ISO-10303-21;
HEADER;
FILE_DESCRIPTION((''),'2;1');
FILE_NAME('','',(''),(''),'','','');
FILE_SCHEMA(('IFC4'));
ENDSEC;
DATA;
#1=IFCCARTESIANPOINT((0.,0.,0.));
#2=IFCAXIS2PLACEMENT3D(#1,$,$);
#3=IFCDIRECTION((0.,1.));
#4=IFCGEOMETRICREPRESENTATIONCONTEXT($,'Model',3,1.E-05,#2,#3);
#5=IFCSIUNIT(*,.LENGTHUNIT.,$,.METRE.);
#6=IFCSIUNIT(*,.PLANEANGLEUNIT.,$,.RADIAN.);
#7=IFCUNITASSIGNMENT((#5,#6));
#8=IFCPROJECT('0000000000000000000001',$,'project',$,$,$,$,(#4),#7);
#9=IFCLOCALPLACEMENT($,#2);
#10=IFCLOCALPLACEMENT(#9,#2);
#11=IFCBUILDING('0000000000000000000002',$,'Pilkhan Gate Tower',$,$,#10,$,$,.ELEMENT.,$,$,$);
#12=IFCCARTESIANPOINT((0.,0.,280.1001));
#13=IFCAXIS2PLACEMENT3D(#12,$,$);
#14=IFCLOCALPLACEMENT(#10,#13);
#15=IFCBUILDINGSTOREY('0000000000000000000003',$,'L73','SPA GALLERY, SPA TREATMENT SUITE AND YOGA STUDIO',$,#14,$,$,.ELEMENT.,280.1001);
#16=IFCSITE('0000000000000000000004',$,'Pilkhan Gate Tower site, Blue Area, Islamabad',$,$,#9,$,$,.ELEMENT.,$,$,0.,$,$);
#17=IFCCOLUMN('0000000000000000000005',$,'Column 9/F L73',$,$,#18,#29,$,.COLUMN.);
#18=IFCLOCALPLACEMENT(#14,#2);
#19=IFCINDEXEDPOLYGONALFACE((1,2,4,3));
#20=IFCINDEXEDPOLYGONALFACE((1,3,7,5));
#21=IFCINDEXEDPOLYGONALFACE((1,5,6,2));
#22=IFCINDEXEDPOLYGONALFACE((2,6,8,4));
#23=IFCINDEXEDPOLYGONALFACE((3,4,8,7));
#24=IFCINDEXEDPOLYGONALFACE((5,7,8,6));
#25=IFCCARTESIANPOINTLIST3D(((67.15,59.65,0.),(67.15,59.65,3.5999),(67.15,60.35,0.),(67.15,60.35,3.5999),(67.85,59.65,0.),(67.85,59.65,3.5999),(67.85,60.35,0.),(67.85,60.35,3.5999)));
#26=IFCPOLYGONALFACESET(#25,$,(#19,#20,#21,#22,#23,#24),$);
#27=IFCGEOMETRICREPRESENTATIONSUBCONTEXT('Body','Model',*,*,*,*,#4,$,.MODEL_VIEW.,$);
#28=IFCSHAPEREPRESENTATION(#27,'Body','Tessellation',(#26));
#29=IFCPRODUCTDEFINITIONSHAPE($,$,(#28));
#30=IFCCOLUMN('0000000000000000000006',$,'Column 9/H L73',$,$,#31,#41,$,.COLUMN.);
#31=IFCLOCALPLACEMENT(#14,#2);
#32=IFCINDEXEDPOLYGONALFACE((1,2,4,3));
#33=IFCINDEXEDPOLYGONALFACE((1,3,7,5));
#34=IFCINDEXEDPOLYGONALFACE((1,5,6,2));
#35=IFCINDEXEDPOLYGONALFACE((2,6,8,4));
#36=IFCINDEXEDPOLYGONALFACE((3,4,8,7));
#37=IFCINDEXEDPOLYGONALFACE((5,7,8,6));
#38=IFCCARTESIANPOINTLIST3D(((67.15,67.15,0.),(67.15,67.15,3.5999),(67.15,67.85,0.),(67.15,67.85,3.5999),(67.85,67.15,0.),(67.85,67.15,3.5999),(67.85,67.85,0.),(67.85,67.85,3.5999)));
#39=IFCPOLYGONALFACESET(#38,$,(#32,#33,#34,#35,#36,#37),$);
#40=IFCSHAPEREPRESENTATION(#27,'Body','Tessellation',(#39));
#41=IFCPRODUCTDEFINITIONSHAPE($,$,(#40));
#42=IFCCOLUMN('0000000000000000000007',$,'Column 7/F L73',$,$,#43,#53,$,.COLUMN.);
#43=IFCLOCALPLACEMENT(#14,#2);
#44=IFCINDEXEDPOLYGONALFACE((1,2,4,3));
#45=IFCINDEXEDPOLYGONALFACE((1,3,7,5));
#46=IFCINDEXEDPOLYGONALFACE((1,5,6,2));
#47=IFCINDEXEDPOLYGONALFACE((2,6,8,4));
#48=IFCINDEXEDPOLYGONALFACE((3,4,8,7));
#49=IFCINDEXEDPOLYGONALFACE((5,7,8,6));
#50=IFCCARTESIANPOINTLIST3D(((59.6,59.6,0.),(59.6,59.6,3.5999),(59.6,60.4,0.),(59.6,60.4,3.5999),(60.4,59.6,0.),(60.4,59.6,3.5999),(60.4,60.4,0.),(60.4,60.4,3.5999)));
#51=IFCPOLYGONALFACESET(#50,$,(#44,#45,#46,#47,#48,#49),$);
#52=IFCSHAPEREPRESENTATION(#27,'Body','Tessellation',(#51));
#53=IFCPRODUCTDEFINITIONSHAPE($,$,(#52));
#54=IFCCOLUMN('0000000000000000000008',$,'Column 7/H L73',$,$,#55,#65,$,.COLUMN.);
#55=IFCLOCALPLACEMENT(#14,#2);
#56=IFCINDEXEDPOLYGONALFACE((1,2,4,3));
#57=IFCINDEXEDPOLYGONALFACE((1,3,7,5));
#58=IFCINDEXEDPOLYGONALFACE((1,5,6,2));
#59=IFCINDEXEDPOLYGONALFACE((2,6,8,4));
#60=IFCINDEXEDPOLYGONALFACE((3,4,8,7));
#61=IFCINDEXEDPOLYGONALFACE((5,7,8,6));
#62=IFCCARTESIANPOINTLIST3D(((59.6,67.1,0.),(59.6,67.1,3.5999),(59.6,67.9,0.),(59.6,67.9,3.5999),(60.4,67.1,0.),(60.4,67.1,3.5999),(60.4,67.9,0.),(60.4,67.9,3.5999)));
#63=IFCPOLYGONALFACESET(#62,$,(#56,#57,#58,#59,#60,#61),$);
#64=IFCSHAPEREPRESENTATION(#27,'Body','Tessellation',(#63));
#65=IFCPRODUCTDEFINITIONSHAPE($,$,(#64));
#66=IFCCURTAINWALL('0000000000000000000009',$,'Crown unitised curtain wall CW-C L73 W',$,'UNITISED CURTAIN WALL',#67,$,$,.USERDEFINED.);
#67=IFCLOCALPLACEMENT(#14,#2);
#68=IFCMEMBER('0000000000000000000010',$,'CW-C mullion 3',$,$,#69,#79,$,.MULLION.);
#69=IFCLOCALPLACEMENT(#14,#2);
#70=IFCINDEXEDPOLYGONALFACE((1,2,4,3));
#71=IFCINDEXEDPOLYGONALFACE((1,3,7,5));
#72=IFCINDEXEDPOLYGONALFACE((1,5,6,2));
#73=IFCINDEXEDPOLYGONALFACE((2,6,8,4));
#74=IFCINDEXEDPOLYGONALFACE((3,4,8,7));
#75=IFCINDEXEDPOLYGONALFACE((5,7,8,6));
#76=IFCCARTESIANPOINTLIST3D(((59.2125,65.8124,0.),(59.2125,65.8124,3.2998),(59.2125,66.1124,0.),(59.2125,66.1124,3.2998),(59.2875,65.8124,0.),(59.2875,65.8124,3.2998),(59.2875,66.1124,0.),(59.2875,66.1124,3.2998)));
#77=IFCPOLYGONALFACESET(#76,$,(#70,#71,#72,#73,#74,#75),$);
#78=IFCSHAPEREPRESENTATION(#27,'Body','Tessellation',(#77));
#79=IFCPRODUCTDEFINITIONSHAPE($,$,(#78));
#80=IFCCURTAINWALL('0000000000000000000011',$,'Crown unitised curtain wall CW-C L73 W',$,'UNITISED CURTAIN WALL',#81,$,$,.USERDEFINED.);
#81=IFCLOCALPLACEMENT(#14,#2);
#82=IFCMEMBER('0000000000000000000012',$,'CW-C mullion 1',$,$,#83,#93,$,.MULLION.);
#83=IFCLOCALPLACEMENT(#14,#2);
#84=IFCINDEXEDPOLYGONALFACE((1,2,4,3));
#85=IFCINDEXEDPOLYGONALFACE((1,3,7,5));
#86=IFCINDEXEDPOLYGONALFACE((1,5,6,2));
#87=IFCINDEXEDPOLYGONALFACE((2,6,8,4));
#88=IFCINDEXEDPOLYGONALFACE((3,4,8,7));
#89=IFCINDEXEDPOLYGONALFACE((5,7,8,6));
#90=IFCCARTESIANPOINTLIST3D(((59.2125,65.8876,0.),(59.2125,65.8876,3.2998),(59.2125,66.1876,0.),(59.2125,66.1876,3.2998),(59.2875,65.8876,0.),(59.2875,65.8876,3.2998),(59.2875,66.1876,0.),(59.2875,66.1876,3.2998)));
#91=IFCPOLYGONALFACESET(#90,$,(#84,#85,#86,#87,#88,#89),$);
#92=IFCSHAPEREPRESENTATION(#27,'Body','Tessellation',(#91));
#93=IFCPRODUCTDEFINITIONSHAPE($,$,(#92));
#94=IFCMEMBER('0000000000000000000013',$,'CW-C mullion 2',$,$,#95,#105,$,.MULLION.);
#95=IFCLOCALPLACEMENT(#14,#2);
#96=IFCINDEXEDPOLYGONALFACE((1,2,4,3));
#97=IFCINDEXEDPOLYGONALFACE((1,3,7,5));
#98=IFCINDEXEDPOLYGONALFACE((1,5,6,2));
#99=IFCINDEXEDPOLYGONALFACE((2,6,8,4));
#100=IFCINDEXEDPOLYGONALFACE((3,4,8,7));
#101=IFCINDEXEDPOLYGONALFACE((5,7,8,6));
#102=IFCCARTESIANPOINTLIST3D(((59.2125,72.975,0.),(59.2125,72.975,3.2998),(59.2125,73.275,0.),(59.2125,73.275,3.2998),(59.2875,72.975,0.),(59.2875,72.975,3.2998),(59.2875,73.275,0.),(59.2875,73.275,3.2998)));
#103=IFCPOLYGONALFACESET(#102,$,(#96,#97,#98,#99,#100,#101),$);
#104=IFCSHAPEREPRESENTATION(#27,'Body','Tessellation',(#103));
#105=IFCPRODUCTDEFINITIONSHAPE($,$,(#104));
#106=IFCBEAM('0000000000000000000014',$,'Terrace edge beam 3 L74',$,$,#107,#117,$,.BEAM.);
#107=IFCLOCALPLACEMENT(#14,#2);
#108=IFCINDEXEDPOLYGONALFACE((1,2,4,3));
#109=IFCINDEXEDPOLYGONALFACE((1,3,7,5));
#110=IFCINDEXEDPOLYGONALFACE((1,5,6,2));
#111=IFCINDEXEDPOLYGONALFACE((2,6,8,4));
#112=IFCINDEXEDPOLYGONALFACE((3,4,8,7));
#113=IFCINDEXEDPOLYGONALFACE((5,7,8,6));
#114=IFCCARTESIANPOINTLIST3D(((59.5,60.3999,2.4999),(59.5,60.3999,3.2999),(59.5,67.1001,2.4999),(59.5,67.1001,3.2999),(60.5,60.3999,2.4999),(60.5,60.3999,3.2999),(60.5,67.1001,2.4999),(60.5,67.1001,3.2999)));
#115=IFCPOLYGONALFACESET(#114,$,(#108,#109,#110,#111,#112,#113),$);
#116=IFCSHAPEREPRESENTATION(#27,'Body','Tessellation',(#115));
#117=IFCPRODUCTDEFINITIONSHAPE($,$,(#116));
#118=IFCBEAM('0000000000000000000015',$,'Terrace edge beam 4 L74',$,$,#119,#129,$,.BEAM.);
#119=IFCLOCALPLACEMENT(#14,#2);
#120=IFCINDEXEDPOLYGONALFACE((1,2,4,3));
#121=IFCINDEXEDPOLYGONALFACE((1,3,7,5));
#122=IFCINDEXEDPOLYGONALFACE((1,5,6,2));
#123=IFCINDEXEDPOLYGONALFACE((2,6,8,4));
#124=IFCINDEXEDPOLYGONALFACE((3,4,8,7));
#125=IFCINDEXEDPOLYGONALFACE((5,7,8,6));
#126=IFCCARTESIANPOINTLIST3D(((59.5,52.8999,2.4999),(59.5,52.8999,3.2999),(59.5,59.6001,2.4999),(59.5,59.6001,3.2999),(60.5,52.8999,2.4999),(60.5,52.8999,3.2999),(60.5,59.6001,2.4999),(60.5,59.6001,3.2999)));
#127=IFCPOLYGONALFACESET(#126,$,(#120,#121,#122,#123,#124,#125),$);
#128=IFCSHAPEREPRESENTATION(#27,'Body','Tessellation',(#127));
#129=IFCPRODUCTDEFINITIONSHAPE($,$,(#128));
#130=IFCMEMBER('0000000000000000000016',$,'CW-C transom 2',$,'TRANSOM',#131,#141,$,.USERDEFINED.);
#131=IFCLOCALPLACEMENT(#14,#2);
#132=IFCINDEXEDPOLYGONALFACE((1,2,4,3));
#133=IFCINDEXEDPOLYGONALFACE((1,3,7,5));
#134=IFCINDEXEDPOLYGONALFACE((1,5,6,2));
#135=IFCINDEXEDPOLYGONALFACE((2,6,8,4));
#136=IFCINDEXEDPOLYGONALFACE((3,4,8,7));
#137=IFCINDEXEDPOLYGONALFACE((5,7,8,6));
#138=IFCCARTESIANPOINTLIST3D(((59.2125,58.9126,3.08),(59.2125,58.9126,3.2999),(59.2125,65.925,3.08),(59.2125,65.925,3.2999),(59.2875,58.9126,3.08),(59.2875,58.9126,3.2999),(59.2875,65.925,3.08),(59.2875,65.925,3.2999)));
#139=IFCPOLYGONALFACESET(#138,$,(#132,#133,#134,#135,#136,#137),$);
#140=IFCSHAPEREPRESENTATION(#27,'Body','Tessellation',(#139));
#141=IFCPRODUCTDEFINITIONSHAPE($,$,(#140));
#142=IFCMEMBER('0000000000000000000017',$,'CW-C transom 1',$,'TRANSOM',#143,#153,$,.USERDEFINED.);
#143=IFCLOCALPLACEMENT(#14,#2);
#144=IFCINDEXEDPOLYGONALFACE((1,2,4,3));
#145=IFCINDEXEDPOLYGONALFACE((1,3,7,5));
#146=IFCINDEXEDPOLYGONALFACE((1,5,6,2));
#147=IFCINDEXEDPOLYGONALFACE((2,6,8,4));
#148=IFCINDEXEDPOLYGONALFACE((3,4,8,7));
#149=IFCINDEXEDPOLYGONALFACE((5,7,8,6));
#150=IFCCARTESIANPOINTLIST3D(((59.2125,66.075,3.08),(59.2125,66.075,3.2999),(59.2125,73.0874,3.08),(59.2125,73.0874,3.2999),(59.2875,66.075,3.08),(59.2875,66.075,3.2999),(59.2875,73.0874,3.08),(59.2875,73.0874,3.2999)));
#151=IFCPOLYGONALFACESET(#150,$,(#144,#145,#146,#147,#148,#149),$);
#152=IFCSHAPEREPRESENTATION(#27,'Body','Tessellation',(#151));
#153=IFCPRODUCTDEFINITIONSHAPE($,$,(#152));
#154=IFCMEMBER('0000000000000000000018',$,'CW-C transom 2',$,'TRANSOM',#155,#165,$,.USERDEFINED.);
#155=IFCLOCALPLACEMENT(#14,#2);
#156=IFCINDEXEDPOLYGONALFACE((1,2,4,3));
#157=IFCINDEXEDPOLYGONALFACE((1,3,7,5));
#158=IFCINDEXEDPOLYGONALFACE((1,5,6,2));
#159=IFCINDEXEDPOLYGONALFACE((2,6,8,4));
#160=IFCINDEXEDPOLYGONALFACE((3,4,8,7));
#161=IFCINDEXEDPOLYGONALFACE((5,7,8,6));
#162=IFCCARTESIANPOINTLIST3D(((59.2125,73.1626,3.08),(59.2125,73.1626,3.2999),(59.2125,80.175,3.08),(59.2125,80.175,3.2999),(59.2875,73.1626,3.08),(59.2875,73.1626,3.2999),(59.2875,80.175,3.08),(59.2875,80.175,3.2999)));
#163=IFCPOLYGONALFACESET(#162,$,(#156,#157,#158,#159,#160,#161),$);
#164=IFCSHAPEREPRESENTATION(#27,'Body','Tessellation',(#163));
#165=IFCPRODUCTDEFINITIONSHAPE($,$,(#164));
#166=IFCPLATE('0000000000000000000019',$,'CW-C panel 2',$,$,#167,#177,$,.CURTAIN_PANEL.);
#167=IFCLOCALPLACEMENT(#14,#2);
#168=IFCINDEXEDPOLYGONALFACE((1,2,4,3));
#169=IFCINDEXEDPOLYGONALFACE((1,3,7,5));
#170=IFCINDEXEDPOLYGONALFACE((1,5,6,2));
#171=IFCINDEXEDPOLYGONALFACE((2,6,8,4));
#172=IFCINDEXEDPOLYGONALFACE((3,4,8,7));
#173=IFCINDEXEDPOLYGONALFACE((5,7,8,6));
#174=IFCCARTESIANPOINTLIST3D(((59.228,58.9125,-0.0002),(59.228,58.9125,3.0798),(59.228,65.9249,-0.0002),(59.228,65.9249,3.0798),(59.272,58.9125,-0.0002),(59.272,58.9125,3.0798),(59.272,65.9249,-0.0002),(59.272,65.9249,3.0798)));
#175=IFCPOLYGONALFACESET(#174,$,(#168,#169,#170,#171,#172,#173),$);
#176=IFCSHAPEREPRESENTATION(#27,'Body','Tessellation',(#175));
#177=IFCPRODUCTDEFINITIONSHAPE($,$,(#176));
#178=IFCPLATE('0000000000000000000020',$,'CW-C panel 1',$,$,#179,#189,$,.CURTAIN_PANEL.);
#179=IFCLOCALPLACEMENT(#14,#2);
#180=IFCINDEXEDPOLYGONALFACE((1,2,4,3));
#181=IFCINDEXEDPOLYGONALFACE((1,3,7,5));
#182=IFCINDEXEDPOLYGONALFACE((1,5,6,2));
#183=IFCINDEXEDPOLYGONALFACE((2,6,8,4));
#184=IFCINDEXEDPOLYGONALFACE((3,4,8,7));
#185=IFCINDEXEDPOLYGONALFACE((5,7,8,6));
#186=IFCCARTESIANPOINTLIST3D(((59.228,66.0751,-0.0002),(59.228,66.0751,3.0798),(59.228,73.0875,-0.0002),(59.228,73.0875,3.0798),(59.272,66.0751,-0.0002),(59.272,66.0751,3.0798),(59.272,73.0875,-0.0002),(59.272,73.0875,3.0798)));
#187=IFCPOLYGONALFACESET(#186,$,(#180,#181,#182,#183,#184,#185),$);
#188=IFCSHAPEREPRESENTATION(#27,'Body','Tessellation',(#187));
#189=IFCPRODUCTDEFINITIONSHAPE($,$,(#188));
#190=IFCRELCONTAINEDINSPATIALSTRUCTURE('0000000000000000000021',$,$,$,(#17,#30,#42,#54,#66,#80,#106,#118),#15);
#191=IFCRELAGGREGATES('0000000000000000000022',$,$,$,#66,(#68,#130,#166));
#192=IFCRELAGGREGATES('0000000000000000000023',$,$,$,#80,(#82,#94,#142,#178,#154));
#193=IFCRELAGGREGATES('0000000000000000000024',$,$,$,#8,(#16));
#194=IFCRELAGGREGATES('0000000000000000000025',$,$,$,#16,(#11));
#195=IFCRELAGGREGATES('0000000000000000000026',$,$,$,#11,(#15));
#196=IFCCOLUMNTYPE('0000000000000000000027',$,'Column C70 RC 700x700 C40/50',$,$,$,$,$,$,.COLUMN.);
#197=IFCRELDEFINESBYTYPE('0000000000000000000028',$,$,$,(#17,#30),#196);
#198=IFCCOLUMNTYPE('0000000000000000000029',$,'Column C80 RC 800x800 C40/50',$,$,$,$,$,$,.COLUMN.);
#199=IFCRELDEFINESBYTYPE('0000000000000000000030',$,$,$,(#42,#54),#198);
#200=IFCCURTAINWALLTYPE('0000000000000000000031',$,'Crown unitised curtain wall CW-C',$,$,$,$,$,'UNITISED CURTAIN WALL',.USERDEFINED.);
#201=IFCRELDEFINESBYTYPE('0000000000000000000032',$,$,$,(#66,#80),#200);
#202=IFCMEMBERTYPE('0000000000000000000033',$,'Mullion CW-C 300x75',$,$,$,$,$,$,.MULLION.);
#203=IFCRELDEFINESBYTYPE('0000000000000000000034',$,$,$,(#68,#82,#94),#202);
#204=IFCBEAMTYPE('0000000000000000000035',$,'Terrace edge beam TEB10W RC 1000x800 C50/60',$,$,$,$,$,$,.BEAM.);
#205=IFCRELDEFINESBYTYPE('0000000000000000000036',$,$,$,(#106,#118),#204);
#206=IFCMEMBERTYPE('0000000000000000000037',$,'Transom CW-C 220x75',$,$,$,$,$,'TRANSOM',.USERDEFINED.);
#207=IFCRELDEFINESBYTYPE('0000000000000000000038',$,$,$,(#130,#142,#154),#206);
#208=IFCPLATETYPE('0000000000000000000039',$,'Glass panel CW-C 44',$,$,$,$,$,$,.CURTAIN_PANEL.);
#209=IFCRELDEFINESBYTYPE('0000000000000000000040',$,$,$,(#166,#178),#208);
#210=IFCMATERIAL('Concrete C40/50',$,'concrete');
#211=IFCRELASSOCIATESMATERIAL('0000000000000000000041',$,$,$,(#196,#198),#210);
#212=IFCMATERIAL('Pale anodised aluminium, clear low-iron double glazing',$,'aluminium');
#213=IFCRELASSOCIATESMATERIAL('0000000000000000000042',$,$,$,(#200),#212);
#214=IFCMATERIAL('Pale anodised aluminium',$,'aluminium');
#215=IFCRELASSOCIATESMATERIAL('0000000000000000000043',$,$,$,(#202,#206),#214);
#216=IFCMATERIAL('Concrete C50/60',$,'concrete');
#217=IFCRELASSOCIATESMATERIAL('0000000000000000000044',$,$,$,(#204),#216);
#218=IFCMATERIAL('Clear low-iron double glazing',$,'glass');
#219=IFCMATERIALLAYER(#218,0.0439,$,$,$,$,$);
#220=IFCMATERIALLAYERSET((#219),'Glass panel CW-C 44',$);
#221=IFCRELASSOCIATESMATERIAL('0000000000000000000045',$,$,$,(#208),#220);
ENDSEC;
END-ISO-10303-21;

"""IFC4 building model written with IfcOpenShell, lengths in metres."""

from ifc_helpers import new_model, si_unit, direction, frame, origin, origin_2d, place, context, subcontext, project, spatial, rectangle, extrude, material, layer, layer_set, material_profile, profile_set, type_object, element, aggregate, save


model = new_model("IFC4")

# Units and contexts
model_context = context("Model", 3, precision=1e-05, world=origin(), true_north=direction((0.0, 1.0)))
body_context = subcontext(model_context, "Body", "Model", "MODEL_VIEW")
ifc_project = project(units=[si_unit("LENGTHUNIT", "METRE"), si_unit("PLANEANGLEUNIT", "RADIAN")], contexts=[model_context])

# Site, building, storey
site_placement = place(None, origin())
site = spatial("IfcSite", under=ifc_project, at=site_placement, Name="Pilkhan Gate Tower site, Blue Area, Islamabad", CompositionType="ELEMENT", RefElevation=0.0)
building_placement = place(site_placement, origin())
building = spatial("IfcBuilding", under=site, at=building_placement, Name="Pilkhan Gate Tower", CompositionType="ELEMENT")
storey_placement = place(building_placement, frame((0.0, 0.0, 280.1001)))
storey = spatial("IfcBuildingStorey", under=building, at=storey_placement, Name="L73", Description="SPA GALLERY, SPA TREATMENT SUITE AND YOGA STUDIO", CompositionType="ELEMENT", Elevation=280.1001)

# Columns
ifc_material_1 = material(Name="Concrete C40/50", Category="concrete")
ifc_material_profile_1 = material_profile(ifc_material_1, rectangle(XDim=0.7, YDim=0.7, at=origin_2d()), Name="RC 700x700")
ifc_profile_set_1 = profile_set([ifc_material_profile_1], Name="Concrete C40/50")
column_type_1 = type_object("IfcColumnType", Name="Column C70 RC 700x700 C40/50", PredefinedType="COLUMN", material=ifc_profile_set_1)
for number, where, z_axis, x_axis, name in (
    (1, (67.5, 60.0, 0.0), (0.0, 0.0, 1.0), (1.0, 0.0, 0.0), "Column 9/F L73"),
    (2, (67.5, 67.5, 0.0), (0.0, 0.0, 1.0), (1.0, 0.0, 0.0), "Column 9/H L73"),
):
    element("IfcColumn", number, at=place(storey_placement, frame(where, z_axis=z_axis, x_axis=x_axis)), inside=storey, type_object=column_type_1, Name=name, PredefinedType="COLUMN", context=body_context, shape_type="SweptSolid", body=[
        extrude(rectangle(XDim=0.7, YDim=0.7, at=origin_2d()), origin(), (0.0, 0.0, 1.0), 3.5999),
    ])
ifc_material_profile_2 = material_profile(ifc_material_1, rectangle(XDim=0.8, YDim=0.8, at=origin_2d()), Name="RC 800x800")
ifc_profile_set_2 = profile_set([ifc_material_profile_2], Name="Concrete C40/50")
column_type_2 = type_object("IfcColumnType", Name="Column C80 RC 800x800 C40/50", PredefinedType="COLUMN", material=ifc_profile_set_2)
for number, where, z_axis, x_axis, name in (
    (3, (60.0, 60.0, 0.0), (0.0, 0.0, 1.0), (1.0, 0.0, 0.0), "Column 7/F L73"),
    (4, (60.0, 67.5, 0.0), (0.0, 0.0, 1.0), (1.0, 0.0, 0.0), "Column 7/H L73"),
):
    element("IfcColumn", number, at=place(storey_placement, frame(where, z_axis=z_axis, x_axis=x_axis)), inside=storey, type_object=column_type_2, Name=name, PredefinedType="COLUMN", context=body_context, shape_type="SweptSolid", body=[
        extrude(rectangle(XDim=0.8, YDim=0.8, at=origin_2d()), origin(), (0.0, 0.0, 1.0), 3.5999),
    ])

# Curtain wall, member
ifc_material_2 = material(Name="Pale anodised aluminium, clear low-iron double glazing", Category="aluminium")
curtain_wall_type = type_object("IfcCurtainWallType", Name="Crown unitised curtain wall CW-C", ElementType="UNITISED CURTAIN WALL", PredefinedType="USERDEFINED", material=ifc_material_2)
curtain_wall_1_placement = place(storey_placement, origin())
curtain_wall_1 = element("IfcCurtainWall", 5, at=curtain_wall_1_placement, inside=storey, type_object=curtain_wall_type, Name="Crown unitised curtain wall CW-C L73 W", ObjectType="UNITISED CURTAIN WALL", PredefinedType="USERDEFINED")
ifc_material_3 = material(Name="Pale anodised aluminium", Category="aluminium")
ifc_material_profile_3 = material_profile(ifc_material_3, rectangle(XDim=0.075, YDim=0.3, at=origin_2d()), Name="Mullion 300x75")
ifc_profile_set_3 = profile_set([ifc_material_profile_3], Name="Pale anodised aluminium")
member_type_1 = type_object("IfcMemberType", Name="Mullion CW-C 300x75", PredefinedType="MULLION", material=ifc_profile_set_3)
member_1_placement = place(storey_placement, frame((59.25, 65.9624, 0.0), z_axis=(0.0, 0.0, 1.0), x_axis=(-1.0, 0.0, 0.0)))
member_1 = element("IfcMember", 6, at=member_1_placement, type_object=member_type_1, Name="CW-C mullion 3", PredefinedType="MULLION", context=body_context, shape_type="SweptSolid", body=[
    extrude(rectangle(XDim=0.075, YDim=0.3, at=origin_2d()), origin(), (0.0, 0.0, 1.0), 3.2998),
])

# Curtain wall, members
curtain_wall_2_placement = place(storey_placement, origin())
curtain_wall_2 = element("IfcCurtainWall", 7, at=curtain_wall_2_placement, inside=storey, type_object=curtain_wall_type, Name="Crown unitised curtain wall CW-C L73 W", ObjectType="UNITISED CURTAIN WALL", PredefinedType="USERDEFINED")
member_2_placement = place(storey_placement, frame((59.25, 66.0376, 0.0), z_axis=(0.0, 0.0, 1.0), x_axis=(-1.0, 0.0, 0.0)))
member_2 = element("IfcMember", 8, at=member_2_placement, type_object=member_type_1, Name="CW-C mullion 1", PredefinedType="MULLION", context=body_context, shape_type="SweptSolid", body=[
    extrude(rectangle(XDim=0.075, YDim=0.3, at=origin_2d()), origin(), (0.0, 0.0, 1.0), 3.2998),
])
member_3_placement = place(storey_placement, frame((59.25, 73.125, 0.0), z_axis=(0.0, 0.0, 1.0), x_axis=(-1.0, 0.0, 0.0)))
member_3 = element("IfcMember", 9, at=member_3_placement, type_object=member_type_1, Name="CW-C mullion 2", PredefinedType="MULLION", context=body_context, shape_type="SweptSolid", body=[
    extrude(rectangle(XDim=0.075, YDim=0.3, at=origin_2d()), origin(), (0.0, 0.0, 1.0), 3.2998),
])

# Beams
ifc_material_4 = material(Name="Concrete C50/60", Category="concrete")
ifc_material_profile_4 = material_profile(ifc_material_4, rectangle(XDim=1.0, YDim=0.8, at=origin_2d()), Name="RC 1000x800")
ifc_profile_set_4 = profile_set([ifc_material_profile_4], Name="Concrete C50/60")
beam_type = type_object("IfcBeamType", Name="Terrace edge beam TEB10W RC 1000x800 C50/60", PredefinedType="BEAM", material=ifc_profile_set_4)
for number, where, z_axis, x_axis, name in (
    (10, (60.0, 67.1001, 2.8999), (0.0, -1.0, 0.0), (1.0, 0.0, 0.0), "Terrace edge beam 3 L74"),
    (11, (60.0, 59.6001, 2.8999), (0.0, -1.0, 0.0), (1.0, 0.0, 0.0), "Terrace edge beam 4 L74"),
):
    element("IfcBeam", number, at=place(storey_placement, frame(where, z_axis=z_axis, x_axis=x_axis)), inside=storey, type_object=beam_type, Name=name, PredefinedType="BEAM", context=body_context, shape_type="SweptSolid", body=[
        extrude(rectangle(XDim=1.0, YDim=0.8, at=origin_2d()), origin(), (0.0, 0.0, 1.0), 6.7002),
    ])

# Members
ifc_material_profile_5 = material_profile(ifc_material_3, rectangle(XDim=0.075, YDim=0.22, at=origin_2d()), Name="Transom 220x75")
ifc_profile_set_5 = profile_set([ifc_material_profile_5], Name="Pale anodised aluminium")
member_type_2 = type_object("IfcMemberType", Name="Transom CW-C 220x75", ElementType="TRANSOM", PredefinedType="USERDEFINED", material=ifc_profile_set_5)
member_4_placement = place(storey_placement, frame((59.25, 58.9126, 3.1899), z_axis=(0.0, 1.0, 0.0), x_axis=(-1.0, 0.0, 0.0)))
member_4 = element("IfcMember", 12, at=member_4_placement, type_object=member_type_2, Name="CW-C transom 2", ObjectType="TRANSOM", PredefinedType="USERDEFINED", context=body_context, shape_type="SweptSolid", body=[
    extrude(rectangle(XDim=0.075, YDim=0.22, at=origin_2d()), origin(), (0.0, 0.0, 1.0), 7.0125),
])
member_5_placement = place(storey_placement, frame((59.25, 66.075, 3.1899), z_axis=(0.0, 1.0, 0.0), x_axis=(-1.0, 0.0, 0.0)))
member_5 = element("IfcMember", 13, at=member_5_placement, type_object=member_type_2, Name="CW-C transom 1", ObjectType="TRANSOM", PredefinedType="USERDEFINED", context=body_context, shape_type="SweptSolid", body=[
    extrude(rectangle(XDim=0.075, YDim=0.22, at=origin_2d()), origin(), (0.0, 0.0, 1.0), 7.0125),
])
member_6_placement = place(storey_placement, frame((59.25, 73.1626, 3.1899), z_axis=(0.0, 1.0, 0.0), x_axis=(-1.0, 0.0, 0.0)))
member_6 = element("IfcMember", 14, at=member_6_placement, type_object=member_type_2, Name="CW-C transom 2", ObjectType="TRANSOM", PredefinedType="USERDEFINED", context=body_context, shape_type="SweptSolid", body=[
    extrude(rectangle(XDim=0.075, YDim=0.22, at=origin_2d()), origin(), (0.0, 0.0, 1.0), 7.0125),
])

# Plates
ifc_material_5 = material(Name="Clear low-iron double glazing", Category="glass")
ifc_layer_1 = layer(ifc_material_5, 0.0439)
ifc_layer_set_1 = layer_set([ifc_layer_1], Name="Glass panel CW-C 44")
plate_type = type_object("IfcPlateType", Name="Glass panel CW-C 44", PredefinedType="CURTAIN_PANEL", material=ifc_layer_set_1)
plate_1_placement = place(storey_placement, frame((59.25, 62.4187, -0.0002), z_axis=(0.0, 0.0, 1.0), x_axis=(0.0, 1.0, 0.0)))
plate_1 = element("IfcPlate", 15, at=plate_1_placement, type_object=plate_type, Name="CW-C panel 2", PredefinedType="CURTAIN_PANEL", context=body_context, shape_type="SweptSolid", body=[
    extrude(rectangle(XDim=7.0125, YDim=0.0439, at=origin_2d()), origin(), (0.0, 0.0, 1.0), 3.0801),
])
aggregate(curtain_wall_1, [member_1, member_4, plate_1])
plate_2_placement = place(storey_placement, frame((59.25, 69.5813, -0.0002), z_axis=(0.0, 0.0, 1.0), x_axis=(0.0, 1.0, 0.0)))
plate_2 = element("IfcPlate", 16, at=plate_2_placement, type_object=plate_type, Name="CW-C panel 1", PredefinedType="CURTAIN_PANEL", context=body_context, shape_type="SweptSolid", body=[
    extrude(rectangle(XDim=7.0125, YDim=0.0439, at=origin_2d()), origin(), (0.0, 0.0, 1.0), 3.0801),
])
aggregate(curtain_wall_2, [member_2, member_3, member_5, plate_2, member_6])

save(model, "model.ifc")
